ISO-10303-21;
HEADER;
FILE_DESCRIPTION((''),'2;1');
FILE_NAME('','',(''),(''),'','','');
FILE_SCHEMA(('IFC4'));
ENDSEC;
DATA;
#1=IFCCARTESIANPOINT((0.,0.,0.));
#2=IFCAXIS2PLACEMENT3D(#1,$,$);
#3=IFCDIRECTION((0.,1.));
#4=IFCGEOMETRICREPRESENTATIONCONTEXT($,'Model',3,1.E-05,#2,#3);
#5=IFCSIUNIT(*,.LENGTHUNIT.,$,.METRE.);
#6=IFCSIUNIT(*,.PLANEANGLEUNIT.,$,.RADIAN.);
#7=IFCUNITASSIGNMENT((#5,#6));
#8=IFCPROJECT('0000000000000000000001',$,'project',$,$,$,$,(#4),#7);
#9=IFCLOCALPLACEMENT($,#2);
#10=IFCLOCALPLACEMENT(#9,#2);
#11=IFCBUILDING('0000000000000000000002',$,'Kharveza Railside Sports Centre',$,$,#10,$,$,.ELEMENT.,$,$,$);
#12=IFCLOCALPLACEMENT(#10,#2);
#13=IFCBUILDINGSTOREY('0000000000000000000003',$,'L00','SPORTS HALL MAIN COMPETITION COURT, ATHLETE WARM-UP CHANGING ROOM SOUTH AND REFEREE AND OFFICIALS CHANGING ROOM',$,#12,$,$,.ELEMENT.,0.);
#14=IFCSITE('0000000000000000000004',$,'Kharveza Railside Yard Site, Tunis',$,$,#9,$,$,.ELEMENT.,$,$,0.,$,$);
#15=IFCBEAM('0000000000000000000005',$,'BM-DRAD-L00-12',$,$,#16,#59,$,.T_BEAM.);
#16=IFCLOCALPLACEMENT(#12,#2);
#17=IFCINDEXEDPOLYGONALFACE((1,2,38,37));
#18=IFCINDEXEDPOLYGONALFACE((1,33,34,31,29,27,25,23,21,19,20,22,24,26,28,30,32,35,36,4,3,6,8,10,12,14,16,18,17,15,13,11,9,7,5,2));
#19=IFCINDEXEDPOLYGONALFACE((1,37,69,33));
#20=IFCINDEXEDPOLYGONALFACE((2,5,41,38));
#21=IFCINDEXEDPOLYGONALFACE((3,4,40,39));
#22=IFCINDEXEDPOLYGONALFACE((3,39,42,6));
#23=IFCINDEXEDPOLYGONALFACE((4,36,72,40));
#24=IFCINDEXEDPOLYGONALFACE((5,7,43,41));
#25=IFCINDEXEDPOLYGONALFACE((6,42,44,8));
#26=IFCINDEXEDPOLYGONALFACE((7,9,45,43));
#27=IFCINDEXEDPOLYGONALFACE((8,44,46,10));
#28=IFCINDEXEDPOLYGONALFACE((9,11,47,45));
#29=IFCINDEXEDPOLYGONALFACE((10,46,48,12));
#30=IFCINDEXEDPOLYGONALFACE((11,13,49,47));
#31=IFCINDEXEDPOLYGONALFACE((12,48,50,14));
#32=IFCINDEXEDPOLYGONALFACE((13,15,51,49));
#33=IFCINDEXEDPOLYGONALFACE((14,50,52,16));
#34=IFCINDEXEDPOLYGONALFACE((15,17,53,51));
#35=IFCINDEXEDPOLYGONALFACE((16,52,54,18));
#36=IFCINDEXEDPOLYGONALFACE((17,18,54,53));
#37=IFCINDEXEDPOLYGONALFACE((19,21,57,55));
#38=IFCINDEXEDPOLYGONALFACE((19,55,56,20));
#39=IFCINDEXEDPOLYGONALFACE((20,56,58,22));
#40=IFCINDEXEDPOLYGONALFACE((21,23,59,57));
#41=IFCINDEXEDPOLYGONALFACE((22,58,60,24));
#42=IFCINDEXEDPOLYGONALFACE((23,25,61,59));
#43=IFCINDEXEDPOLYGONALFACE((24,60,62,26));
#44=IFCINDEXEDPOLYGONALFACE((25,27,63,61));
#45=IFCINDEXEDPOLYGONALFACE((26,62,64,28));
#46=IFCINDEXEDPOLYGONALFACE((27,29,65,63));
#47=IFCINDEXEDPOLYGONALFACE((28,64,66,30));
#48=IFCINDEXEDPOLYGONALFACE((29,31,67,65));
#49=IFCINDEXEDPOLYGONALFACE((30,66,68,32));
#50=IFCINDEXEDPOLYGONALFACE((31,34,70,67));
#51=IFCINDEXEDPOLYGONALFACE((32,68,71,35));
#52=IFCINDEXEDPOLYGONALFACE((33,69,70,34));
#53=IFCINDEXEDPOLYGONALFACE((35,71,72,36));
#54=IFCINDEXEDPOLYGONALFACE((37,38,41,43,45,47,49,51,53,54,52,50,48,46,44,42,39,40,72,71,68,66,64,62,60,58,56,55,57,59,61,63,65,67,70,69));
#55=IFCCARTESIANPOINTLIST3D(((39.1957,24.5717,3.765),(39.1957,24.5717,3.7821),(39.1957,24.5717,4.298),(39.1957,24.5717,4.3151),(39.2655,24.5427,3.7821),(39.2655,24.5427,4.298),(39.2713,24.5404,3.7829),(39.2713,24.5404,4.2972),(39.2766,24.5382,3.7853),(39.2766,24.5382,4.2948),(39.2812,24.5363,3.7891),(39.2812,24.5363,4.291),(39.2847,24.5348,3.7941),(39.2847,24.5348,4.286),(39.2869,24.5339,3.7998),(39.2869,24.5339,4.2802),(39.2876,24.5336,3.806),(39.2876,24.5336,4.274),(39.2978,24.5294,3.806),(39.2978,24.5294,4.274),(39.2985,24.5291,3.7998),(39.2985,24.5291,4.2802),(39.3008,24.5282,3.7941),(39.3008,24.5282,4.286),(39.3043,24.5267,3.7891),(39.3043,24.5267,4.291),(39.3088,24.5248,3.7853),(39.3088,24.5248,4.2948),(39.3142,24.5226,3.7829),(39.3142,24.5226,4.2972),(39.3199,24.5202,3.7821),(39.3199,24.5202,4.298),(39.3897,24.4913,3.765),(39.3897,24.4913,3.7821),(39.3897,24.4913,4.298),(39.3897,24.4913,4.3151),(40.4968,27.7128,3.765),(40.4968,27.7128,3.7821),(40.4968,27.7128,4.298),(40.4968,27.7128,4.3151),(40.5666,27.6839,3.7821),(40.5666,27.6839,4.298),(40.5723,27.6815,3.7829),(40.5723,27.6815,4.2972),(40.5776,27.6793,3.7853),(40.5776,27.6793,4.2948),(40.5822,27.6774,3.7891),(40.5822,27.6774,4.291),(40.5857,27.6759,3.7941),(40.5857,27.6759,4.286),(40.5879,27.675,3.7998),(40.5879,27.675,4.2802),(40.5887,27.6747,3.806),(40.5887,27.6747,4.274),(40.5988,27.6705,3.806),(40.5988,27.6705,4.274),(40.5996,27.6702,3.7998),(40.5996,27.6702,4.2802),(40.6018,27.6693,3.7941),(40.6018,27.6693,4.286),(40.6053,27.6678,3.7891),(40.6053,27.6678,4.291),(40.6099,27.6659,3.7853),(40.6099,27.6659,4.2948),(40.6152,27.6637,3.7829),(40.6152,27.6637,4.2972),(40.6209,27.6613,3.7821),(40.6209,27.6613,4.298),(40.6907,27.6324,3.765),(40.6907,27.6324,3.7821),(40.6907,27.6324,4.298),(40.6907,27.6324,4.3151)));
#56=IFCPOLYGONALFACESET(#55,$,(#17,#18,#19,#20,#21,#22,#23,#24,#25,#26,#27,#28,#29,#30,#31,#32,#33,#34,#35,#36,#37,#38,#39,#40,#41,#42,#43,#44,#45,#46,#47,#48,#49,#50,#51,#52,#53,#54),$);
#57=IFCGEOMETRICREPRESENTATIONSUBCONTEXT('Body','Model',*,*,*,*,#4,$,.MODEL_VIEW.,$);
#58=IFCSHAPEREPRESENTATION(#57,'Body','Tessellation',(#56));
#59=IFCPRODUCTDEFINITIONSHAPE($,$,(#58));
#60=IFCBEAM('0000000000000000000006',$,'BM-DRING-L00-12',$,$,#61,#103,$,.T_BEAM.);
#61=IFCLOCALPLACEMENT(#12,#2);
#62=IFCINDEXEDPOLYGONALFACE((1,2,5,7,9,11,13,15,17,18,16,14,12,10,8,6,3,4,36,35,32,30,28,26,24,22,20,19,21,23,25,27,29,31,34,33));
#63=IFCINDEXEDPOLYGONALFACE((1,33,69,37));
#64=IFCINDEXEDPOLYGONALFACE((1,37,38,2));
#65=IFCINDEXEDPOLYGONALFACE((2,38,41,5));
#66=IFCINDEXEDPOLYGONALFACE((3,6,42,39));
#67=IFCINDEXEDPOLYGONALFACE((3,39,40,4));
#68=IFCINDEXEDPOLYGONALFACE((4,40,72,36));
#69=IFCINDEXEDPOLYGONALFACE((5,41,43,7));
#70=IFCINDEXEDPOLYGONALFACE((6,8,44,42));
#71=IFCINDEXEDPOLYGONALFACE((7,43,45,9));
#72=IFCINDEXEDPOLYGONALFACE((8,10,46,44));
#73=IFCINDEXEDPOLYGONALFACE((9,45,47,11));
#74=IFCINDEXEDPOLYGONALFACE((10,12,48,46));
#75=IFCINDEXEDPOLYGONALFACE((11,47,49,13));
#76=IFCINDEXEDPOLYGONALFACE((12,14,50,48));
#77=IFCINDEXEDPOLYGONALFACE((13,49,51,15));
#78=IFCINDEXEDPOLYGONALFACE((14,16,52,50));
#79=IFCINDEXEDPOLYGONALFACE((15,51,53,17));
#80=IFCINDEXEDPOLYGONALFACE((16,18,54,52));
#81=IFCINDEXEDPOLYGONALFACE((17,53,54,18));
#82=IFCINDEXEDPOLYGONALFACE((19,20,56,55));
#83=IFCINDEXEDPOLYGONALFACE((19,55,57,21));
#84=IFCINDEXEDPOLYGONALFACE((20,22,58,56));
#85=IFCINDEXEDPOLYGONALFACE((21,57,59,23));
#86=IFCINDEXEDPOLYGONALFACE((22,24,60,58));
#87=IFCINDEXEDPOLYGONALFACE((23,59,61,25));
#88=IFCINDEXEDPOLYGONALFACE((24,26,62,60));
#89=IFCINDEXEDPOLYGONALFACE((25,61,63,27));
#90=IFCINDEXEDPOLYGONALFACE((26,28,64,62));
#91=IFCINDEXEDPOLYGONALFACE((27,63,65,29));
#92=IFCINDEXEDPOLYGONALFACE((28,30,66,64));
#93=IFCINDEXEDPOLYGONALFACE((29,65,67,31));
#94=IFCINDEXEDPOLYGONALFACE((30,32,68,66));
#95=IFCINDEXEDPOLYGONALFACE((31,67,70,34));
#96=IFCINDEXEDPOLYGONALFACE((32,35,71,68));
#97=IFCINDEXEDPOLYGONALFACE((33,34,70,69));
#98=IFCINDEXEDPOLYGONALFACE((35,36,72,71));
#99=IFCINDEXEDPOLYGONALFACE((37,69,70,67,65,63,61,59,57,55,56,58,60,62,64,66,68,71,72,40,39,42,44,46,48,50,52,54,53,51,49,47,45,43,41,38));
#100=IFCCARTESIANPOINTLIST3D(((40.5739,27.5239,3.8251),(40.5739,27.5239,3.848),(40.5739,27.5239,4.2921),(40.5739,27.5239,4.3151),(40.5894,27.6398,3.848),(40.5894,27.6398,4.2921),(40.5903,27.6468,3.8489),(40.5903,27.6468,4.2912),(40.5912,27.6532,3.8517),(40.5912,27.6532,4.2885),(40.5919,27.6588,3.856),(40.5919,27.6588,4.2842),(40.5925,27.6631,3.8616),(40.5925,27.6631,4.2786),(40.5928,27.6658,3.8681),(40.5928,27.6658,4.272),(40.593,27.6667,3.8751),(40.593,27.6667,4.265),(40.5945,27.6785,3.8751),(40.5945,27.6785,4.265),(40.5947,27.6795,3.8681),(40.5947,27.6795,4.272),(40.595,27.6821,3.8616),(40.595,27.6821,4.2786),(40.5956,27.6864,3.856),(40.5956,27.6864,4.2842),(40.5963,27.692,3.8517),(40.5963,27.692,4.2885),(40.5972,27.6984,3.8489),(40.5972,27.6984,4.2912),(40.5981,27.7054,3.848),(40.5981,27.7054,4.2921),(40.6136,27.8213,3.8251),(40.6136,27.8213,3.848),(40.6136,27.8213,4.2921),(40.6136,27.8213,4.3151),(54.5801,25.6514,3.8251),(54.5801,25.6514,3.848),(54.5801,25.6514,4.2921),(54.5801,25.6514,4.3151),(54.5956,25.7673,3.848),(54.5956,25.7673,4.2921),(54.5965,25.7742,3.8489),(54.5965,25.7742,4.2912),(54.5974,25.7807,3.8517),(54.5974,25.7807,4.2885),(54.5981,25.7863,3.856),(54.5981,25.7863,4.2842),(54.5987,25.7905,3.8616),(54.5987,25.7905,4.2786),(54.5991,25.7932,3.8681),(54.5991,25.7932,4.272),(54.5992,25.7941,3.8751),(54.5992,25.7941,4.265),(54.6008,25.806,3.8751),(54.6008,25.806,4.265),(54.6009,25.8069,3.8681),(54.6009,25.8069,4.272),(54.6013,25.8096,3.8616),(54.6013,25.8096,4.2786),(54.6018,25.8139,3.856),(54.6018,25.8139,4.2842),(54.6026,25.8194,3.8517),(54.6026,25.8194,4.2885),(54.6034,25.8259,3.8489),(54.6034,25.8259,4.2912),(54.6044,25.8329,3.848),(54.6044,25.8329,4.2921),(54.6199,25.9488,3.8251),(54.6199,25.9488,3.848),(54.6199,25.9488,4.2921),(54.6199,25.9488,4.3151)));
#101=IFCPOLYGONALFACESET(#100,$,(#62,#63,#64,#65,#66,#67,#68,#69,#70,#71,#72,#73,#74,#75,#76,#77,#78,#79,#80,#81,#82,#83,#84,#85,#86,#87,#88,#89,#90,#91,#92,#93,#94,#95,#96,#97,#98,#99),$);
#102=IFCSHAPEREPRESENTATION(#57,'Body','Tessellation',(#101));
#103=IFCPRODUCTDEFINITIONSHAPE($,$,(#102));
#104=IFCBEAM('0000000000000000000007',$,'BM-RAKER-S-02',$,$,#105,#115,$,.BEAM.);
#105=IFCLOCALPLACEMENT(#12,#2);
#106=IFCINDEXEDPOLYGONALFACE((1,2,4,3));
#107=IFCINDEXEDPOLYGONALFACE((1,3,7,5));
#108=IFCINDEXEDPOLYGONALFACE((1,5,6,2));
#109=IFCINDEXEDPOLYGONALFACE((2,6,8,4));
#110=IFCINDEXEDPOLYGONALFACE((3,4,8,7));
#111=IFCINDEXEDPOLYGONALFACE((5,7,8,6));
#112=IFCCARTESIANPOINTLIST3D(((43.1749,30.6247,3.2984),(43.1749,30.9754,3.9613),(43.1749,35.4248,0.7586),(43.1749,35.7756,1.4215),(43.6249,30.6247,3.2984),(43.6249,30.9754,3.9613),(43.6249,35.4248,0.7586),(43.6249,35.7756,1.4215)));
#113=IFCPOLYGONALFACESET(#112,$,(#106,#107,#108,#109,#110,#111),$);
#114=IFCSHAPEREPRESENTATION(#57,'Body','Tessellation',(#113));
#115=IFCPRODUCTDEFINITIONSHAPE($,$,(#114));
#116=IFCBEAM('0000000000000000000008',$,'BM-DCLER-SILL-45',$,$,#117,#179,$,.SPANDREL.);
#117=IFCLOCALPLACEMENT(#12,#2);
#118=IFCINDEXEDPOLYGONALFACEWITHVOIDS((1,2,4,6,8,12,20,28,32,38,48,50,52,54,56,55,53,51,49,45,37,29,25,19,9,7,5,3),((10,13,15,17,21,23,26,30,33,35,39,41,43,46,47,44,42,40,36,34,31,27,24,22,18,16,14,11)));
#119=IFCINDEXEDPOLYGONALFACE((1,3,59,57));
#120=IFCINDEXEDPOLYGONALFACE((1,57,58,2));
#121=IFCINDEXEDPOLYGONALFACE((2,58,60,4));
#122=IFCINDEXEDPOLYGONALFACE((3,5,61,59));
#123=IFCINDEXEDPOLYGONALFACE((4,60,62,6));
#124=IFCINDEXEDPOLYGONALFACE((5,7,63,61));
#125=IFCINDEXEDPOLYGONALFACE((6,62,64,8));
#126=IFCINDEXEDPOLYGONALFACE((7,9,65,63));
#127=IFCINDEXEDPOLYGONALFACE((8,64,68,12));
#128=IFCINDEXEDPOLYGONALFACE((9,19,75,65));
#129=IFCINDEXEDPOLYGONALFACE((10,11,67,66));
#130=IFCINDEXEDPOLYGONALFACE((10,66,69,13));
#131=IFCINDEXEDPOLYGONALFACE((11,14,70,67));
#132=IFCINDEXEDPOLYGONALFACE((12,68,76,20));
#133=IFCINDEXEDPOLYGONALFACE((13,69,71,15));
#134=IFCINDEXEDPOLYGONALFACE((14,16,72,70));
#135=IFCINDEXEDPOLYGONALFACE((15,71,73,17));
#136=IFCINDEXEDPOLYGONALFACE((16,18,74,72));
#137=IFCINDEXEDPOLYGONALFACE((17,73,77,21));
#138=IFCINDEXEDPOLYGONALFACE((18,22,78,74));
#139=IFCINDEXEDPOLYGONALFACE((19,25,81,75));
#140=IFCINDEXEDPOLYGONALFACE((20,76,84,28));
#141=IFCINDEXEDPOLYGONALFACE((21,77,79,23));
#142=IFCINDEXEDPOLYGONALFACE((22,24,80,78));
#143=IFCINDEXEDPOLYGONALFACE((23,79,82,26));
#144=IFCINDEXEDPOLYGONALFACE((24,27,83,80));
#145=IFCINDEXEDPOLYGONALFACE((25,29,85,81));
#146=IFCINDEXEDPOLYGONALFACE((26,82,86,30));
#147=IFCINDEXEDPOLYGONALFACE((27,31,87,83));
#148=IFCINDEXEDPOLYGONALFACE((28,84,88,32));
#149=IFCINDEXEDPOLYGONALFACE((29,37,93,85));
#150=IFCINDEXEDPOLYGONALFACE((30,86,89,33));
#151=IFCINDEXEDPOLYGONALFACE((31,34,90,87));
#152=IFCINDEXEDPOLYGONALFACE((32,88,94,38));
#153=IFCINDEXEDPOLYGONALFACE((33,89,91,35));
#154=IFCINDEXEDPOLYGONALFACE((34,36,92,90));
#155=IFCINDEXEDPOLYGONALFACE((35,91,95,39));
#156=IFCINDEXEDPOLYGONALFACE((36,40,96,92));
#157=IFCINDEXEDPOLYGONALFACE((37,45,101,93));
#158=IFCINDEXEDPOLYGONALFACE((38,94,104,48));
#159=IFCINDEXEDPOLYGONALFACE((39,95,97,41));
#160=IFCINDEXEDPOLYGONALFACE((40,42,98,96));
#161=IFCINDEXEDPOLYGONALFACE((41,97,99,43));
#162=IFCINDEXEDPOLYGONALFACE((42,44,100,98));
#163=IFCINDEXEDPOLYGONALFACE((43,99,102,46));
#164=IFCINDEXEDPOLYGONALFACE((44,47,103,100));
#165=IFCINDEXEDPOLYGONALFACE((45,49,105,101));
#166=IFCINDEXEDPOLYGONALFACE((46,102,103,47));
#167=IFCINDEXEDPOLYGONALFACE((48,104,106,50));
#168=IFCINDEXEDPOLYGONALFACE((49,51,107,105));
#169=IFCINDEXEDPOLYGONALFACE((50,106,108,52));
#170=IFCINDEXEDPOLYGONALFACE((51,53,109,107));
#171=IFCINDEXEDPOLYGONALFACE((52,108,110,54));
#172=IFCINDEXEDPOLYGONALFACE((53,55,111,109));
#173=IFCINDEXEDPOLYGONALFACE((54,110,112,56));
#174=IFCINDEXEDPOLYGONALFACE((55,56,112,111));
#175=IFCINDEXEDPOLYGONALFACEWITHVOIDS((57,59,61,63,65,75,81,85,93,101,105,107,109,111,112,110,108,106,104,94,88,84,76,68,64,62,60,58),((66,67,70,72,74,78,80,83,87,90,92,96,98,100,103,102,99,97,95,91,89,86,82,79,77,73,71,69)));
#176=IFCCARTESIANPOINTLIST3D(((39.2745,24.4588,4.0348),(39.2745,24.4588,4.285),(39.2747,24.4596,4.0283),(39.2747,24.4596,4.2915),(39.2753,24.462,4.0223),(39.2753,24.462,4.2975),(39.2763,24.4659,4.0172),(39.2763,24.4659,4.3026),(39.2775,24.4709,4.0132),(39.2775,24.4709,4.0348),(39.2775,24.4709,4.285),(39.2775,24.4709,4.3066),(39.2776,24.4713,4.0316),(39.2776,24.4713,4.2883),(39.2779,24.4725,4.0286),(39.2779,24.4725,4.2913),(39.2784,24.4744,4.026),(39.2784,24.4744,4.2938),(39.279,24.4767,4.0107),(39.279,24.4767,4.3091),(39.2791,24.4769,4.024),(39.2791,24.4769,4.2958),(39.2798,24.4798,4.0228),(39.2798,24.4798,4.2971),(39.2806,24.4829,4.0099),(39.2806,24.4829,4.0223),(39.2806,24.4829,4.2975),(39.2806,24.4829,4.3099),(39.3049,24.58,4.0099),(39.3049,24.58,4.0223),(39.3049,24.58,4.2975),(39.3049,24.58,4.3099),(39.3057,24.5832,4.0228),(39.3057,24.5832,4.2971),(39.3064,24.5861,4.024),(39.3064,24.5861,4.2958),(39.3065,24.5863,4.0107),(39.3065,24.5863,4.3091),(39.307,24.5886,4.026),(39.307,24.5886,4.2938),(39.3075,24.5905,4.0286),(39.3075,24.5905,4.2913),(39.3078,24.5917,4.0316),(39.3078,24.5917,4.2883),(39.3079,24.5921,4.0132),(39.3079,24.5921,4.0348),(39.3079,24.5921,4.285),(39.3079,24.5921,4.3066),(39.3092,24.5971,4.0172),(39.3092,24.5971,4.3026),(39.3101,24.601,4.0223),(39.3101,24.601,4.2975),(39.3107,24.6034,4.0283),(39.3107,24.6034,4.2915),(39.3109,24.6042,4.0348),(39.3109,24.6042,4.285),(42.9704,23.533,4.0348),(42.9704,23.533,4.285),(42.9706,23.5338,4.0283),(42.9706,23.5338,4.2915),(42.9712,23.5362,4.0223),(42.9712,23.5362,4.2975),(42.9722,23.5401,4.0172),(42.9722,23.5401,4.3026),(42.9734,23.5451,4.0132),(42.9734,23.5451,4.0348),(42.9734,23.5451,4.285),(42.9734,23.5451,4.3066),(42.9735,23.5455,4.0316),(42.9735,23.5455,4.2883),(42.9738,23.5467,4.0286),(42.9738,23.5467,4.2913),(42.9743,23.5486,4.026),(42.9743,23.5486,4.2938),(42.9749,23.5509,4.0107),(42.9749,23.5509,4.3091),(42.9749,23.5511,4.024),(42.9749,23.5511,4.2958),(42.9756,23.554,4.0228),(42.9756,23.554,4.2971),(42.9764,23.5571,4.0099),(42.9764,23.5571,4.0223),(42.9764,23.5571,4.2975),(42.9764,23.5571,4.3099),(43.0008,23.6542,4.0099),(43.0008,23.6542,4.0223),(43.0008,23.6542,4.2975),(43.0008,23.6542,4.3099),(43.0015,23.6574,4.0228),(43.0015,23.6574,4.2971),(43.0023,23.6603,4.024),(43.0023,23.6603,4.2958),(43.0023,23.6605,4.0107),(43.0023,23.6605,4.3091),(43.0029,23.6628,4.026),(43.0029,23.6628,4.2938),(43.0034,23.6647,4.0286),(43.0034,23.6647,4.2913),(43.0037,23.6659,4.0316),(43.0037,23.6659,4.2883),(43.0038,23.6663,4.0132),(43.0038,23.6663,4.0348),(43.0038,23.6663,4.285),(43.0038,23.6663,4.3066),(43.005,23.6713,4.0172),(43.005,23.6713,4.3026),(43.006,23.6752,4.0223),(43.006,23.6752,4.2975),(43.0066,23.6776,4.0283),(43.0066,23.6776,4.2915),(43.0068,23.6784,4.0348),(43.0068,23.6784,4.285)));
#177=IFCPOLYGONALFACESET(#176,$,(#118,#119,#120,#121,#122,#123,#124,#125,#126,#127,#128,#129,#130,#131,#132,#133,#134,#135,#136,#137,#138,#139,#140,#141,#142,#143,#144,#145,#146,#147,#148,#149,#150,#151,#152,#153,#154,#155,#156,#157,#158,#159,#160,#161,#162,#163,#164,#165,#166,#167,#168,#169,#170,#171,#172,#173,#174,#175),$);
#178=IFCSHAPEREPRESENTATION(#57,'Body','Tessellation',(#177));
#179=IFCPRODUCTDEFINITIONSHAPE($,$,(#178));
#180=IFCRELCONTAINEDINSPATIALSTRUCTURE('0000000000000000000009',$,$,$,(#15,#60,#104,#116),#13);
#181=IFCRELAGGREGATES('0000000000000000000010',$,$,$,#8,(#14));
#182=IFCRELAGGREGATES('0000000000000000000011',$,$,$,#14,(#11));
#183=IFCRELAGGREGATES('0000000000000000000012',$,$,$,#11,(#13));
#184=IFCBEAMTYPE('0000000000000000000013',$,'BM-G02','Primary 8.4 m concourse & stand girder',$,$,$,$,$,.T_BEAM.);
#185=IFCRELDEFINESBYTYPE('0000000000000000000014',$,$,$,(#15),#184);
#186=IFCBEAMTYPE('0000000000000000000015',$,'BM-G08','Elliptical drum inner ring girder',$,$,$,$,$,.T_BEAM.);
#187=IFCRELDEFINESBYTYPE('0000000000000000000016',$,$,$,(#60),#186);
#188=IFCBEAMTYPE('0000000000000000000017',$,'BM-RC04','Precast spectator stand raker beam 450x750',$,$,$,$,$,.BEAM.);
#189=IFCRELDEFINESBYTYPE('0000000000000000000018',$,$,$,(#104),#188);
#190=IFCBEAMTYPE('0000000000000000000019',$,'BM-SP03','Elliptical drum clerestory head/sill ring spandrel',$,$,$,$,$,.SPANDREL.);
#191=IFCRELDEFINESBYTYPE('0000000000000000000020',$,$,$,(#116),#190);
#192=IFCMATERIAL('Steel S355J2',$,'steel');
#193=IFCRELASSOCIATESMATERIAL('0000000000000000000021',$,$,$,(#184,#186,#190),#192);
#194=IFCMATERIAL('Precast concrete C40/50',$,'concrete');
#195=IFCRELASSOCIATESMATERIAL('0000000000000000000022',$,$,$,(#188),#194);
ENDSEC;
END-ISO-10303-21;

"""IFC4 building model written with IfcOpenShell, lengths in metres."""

from ifc_helpers import new_model, si_unit, direction, frame, origin, origin_2d, place, context, subcontext, project, spatial, rectangle, hollow_rectangle, i_section, extrude, material, material_profile, profile_set, type_object, element, save


model = new_model("IFC4")

# Units and contexts
model_context = context("Model", 3, precision=1e-05, world=origin(), true_north=direction((0.0, 1.0)))
body_context = subcontext(model_context, "Body", "Model", "MODEL_VIEW")
ifc_project = project(units=[si_unit("LENGTHUNIT", "METRE"), si_unit("PLANEANGLEUNIT", "RADIAN")], contexts=[model_context])

# Site, building, storey
site_placement = place(None, origin())
site = spatial("IfcSite", under=ifc_project, at=site_placement, Name="Kharveza Railside Yard Site, Tunis", CompositionType="ELEMENT", RefElevation=0.0)
building_placement = place(site_placement, origin())
building = spatial("IfcBuilding", under=site, at=building_placement, Name="Kharveza Railside Sports Centre", CompositionType="ELEMENT")
storey_placement = place(building_placement, origin())
storey = spatial("IfcBuildingStorey", under=building, at=storey_placement, Name="L00", Description="SPORTS HALL MAIN COMPETITION COURT, ATHLETE WARM-UP CHANGING ROOM SOUTH AND REFEREE AND OFFICIALS CHANGING ROOM", CompositionType="ELEMENT", Elevation=0.0)

# Shared definitions
ifc_material_1 = material(Name="Steel S355J2", Category="steel")

# Beams
ifc_material_profile_1 = material_profile(ifc_material_1, i_section(OverallWidth=0.21, OverallDepth=0.55, WebThickness=0.011, FlangeThickness=0.0171, FilletRadius=0.0239, at=origin_2d()), Name="IPE 550")
ifc_profile_set_1 = profile_set([ifc_material_profile_1], Name="Steel S355J2")
beam_type_1 = type_object("IfcBeamType", Name="BM-G02", Description="Primary 8.4 m concourse & stand girder", PredefinedType="T_BEAM", material=ifc_profile_set_1)
beam_1_placement = place(storey_placement, frame((40.5938, 27.6726, 4.04), z_axis=(-0.382667, -0.923886, 0.0), x_axis=(0.923886, -0.382667, 0.0)))
element("IfcBeam", 1, at=beam_1_placement, inside=storey, type_object=beam_type_1, Name="BM-DRAD-L00-12", PredefinedType="T_BEAM", context=body_context, shape_type="SweptSolid", body=[
    extrude(i_section(OverallWidth=0.21, OverallDepth=0.55, WebThickness=0.011, FlangeThickness=0.0171, FilletRadius=0.0239, at=origin_2d()), origin(), (0.0, 0.0, 1.0), 3.3999),
])
ifc_material_profile_2 = material_profile(ifc_material_1, i_section(OverallWidth=0.3, OverallDepth=0.49, WebThickness=0.012, FlangeThickness=0.0229, FilletRadius=0.0271, at=origin_2d()), Name="HEA 500")
ifc_profile_set_2 = profile_set([ifc_material_profile_2], Name="Steel S355J2")
beam_type_2 = type_object("IfcBeamType", Name="BM-G08", Description="Elliptical drum inner ring girder", PredefinedType="T_BEAM", material=ifc_profile_set_2)
beam_2_placement = place(storey_placement, frame((40.5938, 27.6726, 4.0701), z_axis=(0.991181, -0.132515, 0.0), x_axis=(0.132515, 0.991181, 0.0)))
element("IfcBeam", 2, at=beam_2_placement, inside=storey, type_object=beam_type_2, Name="BM-DRING-L00-12", PredefinedType="T_BEAM", context=body_context, shape_type="SweptSolid", body=[
    extrude(i_section(OverallWidth=0.3, OverallDepth=0.49, WebThickness=0.012, FlangeThickness=0.0229, FilletRadius=0.0271, at=origin_2d()), origin(), (0.0, 0.0, 1.0), 14.1309),
])
ifc_material_2 = material(Name="Precast concrete C40/50", Category="concrete")
ifc_material_profile_3 = material_profile(ifc_material_2, rectangle(XDim=0.45, YDim=0.75, at=origin_2d()), Name="RCB 450x750")
ifc_profile_set_3 = profile_set([ifc_material_profile_3], Name="Precast concrete C40/50")
beam_type_3 = type_object("IfcBeamType", Name="BM-RC04", Description="Precast spectator stand raker beam 450x750", PredefinedType="BEAM", material=ifc_profile_set_3)
beam_3_placement = place(storey_placement, frame((43.3999, 30.8, 3.6299), z_axis=(0.0, 0.883895, -0.467685), x_axis=(-1.0, 0.0, 0.0)))
element("IfcBeam", 3, at=beam_3_placement, inside=storey, type_object=beam_type_3, Name="BM-RAKER-S-02", PredefinedType="BEAM", context=body_context, shape_type="SweptSolid", body=[
    extrude(rectangle(XDim=0.45, YDim=0.75, at=origin_2d()), origin(), (0.0, 0.0, 1.0), 5.4307),
])
ifc_material_profile_4 = material_profile(ifc_material_1, hollow_rectangle(XDim=0.1499, YDim=0.3, WallThickness=0.0125, InnerFilletRadius=0.0125, OuterFilletRadius=0.0249, at=origin_2d()), Name="RHS 150x300x12.5")
ifc_profile_set_4 = profile_set([ifc_material_profile_4], Name="Steel S355J2")
beam_type_4 = type_object("IfcBeamType", Name="BM-SP03", Description="Elliptical drum clerestory head/sill ring spandrel", PredefinedType="SPANDREL", material=ifc_profile_set_4)
beam_4_placement = place(storey_placement, frame((39.2927, 24.5315, 4.1599), z_axis=(0.970029, -0.242988, 0.0), x_axis=(0.242988, 0.970029, 0.0)))
element("IfcBeam", 4, at=beam_4_placement, inside=storey, type_object=beam_type_4, Name="BM-DCLER-SILL-45", PredefinedType="SPANDREL", context=body_context, shape_type="SweptSolid", body=[
    extrude(hollow_rectangle(XDim=0.1499, YDim=0.3, WallThickness=0.0125, InnerFilletRadius=0.0125, OuterFilletRadius=0.0249, at=origin_2d()), origin(), (0.0, 0.0, 1.0), 3.8101),
])

save(model, "model.ifc")
